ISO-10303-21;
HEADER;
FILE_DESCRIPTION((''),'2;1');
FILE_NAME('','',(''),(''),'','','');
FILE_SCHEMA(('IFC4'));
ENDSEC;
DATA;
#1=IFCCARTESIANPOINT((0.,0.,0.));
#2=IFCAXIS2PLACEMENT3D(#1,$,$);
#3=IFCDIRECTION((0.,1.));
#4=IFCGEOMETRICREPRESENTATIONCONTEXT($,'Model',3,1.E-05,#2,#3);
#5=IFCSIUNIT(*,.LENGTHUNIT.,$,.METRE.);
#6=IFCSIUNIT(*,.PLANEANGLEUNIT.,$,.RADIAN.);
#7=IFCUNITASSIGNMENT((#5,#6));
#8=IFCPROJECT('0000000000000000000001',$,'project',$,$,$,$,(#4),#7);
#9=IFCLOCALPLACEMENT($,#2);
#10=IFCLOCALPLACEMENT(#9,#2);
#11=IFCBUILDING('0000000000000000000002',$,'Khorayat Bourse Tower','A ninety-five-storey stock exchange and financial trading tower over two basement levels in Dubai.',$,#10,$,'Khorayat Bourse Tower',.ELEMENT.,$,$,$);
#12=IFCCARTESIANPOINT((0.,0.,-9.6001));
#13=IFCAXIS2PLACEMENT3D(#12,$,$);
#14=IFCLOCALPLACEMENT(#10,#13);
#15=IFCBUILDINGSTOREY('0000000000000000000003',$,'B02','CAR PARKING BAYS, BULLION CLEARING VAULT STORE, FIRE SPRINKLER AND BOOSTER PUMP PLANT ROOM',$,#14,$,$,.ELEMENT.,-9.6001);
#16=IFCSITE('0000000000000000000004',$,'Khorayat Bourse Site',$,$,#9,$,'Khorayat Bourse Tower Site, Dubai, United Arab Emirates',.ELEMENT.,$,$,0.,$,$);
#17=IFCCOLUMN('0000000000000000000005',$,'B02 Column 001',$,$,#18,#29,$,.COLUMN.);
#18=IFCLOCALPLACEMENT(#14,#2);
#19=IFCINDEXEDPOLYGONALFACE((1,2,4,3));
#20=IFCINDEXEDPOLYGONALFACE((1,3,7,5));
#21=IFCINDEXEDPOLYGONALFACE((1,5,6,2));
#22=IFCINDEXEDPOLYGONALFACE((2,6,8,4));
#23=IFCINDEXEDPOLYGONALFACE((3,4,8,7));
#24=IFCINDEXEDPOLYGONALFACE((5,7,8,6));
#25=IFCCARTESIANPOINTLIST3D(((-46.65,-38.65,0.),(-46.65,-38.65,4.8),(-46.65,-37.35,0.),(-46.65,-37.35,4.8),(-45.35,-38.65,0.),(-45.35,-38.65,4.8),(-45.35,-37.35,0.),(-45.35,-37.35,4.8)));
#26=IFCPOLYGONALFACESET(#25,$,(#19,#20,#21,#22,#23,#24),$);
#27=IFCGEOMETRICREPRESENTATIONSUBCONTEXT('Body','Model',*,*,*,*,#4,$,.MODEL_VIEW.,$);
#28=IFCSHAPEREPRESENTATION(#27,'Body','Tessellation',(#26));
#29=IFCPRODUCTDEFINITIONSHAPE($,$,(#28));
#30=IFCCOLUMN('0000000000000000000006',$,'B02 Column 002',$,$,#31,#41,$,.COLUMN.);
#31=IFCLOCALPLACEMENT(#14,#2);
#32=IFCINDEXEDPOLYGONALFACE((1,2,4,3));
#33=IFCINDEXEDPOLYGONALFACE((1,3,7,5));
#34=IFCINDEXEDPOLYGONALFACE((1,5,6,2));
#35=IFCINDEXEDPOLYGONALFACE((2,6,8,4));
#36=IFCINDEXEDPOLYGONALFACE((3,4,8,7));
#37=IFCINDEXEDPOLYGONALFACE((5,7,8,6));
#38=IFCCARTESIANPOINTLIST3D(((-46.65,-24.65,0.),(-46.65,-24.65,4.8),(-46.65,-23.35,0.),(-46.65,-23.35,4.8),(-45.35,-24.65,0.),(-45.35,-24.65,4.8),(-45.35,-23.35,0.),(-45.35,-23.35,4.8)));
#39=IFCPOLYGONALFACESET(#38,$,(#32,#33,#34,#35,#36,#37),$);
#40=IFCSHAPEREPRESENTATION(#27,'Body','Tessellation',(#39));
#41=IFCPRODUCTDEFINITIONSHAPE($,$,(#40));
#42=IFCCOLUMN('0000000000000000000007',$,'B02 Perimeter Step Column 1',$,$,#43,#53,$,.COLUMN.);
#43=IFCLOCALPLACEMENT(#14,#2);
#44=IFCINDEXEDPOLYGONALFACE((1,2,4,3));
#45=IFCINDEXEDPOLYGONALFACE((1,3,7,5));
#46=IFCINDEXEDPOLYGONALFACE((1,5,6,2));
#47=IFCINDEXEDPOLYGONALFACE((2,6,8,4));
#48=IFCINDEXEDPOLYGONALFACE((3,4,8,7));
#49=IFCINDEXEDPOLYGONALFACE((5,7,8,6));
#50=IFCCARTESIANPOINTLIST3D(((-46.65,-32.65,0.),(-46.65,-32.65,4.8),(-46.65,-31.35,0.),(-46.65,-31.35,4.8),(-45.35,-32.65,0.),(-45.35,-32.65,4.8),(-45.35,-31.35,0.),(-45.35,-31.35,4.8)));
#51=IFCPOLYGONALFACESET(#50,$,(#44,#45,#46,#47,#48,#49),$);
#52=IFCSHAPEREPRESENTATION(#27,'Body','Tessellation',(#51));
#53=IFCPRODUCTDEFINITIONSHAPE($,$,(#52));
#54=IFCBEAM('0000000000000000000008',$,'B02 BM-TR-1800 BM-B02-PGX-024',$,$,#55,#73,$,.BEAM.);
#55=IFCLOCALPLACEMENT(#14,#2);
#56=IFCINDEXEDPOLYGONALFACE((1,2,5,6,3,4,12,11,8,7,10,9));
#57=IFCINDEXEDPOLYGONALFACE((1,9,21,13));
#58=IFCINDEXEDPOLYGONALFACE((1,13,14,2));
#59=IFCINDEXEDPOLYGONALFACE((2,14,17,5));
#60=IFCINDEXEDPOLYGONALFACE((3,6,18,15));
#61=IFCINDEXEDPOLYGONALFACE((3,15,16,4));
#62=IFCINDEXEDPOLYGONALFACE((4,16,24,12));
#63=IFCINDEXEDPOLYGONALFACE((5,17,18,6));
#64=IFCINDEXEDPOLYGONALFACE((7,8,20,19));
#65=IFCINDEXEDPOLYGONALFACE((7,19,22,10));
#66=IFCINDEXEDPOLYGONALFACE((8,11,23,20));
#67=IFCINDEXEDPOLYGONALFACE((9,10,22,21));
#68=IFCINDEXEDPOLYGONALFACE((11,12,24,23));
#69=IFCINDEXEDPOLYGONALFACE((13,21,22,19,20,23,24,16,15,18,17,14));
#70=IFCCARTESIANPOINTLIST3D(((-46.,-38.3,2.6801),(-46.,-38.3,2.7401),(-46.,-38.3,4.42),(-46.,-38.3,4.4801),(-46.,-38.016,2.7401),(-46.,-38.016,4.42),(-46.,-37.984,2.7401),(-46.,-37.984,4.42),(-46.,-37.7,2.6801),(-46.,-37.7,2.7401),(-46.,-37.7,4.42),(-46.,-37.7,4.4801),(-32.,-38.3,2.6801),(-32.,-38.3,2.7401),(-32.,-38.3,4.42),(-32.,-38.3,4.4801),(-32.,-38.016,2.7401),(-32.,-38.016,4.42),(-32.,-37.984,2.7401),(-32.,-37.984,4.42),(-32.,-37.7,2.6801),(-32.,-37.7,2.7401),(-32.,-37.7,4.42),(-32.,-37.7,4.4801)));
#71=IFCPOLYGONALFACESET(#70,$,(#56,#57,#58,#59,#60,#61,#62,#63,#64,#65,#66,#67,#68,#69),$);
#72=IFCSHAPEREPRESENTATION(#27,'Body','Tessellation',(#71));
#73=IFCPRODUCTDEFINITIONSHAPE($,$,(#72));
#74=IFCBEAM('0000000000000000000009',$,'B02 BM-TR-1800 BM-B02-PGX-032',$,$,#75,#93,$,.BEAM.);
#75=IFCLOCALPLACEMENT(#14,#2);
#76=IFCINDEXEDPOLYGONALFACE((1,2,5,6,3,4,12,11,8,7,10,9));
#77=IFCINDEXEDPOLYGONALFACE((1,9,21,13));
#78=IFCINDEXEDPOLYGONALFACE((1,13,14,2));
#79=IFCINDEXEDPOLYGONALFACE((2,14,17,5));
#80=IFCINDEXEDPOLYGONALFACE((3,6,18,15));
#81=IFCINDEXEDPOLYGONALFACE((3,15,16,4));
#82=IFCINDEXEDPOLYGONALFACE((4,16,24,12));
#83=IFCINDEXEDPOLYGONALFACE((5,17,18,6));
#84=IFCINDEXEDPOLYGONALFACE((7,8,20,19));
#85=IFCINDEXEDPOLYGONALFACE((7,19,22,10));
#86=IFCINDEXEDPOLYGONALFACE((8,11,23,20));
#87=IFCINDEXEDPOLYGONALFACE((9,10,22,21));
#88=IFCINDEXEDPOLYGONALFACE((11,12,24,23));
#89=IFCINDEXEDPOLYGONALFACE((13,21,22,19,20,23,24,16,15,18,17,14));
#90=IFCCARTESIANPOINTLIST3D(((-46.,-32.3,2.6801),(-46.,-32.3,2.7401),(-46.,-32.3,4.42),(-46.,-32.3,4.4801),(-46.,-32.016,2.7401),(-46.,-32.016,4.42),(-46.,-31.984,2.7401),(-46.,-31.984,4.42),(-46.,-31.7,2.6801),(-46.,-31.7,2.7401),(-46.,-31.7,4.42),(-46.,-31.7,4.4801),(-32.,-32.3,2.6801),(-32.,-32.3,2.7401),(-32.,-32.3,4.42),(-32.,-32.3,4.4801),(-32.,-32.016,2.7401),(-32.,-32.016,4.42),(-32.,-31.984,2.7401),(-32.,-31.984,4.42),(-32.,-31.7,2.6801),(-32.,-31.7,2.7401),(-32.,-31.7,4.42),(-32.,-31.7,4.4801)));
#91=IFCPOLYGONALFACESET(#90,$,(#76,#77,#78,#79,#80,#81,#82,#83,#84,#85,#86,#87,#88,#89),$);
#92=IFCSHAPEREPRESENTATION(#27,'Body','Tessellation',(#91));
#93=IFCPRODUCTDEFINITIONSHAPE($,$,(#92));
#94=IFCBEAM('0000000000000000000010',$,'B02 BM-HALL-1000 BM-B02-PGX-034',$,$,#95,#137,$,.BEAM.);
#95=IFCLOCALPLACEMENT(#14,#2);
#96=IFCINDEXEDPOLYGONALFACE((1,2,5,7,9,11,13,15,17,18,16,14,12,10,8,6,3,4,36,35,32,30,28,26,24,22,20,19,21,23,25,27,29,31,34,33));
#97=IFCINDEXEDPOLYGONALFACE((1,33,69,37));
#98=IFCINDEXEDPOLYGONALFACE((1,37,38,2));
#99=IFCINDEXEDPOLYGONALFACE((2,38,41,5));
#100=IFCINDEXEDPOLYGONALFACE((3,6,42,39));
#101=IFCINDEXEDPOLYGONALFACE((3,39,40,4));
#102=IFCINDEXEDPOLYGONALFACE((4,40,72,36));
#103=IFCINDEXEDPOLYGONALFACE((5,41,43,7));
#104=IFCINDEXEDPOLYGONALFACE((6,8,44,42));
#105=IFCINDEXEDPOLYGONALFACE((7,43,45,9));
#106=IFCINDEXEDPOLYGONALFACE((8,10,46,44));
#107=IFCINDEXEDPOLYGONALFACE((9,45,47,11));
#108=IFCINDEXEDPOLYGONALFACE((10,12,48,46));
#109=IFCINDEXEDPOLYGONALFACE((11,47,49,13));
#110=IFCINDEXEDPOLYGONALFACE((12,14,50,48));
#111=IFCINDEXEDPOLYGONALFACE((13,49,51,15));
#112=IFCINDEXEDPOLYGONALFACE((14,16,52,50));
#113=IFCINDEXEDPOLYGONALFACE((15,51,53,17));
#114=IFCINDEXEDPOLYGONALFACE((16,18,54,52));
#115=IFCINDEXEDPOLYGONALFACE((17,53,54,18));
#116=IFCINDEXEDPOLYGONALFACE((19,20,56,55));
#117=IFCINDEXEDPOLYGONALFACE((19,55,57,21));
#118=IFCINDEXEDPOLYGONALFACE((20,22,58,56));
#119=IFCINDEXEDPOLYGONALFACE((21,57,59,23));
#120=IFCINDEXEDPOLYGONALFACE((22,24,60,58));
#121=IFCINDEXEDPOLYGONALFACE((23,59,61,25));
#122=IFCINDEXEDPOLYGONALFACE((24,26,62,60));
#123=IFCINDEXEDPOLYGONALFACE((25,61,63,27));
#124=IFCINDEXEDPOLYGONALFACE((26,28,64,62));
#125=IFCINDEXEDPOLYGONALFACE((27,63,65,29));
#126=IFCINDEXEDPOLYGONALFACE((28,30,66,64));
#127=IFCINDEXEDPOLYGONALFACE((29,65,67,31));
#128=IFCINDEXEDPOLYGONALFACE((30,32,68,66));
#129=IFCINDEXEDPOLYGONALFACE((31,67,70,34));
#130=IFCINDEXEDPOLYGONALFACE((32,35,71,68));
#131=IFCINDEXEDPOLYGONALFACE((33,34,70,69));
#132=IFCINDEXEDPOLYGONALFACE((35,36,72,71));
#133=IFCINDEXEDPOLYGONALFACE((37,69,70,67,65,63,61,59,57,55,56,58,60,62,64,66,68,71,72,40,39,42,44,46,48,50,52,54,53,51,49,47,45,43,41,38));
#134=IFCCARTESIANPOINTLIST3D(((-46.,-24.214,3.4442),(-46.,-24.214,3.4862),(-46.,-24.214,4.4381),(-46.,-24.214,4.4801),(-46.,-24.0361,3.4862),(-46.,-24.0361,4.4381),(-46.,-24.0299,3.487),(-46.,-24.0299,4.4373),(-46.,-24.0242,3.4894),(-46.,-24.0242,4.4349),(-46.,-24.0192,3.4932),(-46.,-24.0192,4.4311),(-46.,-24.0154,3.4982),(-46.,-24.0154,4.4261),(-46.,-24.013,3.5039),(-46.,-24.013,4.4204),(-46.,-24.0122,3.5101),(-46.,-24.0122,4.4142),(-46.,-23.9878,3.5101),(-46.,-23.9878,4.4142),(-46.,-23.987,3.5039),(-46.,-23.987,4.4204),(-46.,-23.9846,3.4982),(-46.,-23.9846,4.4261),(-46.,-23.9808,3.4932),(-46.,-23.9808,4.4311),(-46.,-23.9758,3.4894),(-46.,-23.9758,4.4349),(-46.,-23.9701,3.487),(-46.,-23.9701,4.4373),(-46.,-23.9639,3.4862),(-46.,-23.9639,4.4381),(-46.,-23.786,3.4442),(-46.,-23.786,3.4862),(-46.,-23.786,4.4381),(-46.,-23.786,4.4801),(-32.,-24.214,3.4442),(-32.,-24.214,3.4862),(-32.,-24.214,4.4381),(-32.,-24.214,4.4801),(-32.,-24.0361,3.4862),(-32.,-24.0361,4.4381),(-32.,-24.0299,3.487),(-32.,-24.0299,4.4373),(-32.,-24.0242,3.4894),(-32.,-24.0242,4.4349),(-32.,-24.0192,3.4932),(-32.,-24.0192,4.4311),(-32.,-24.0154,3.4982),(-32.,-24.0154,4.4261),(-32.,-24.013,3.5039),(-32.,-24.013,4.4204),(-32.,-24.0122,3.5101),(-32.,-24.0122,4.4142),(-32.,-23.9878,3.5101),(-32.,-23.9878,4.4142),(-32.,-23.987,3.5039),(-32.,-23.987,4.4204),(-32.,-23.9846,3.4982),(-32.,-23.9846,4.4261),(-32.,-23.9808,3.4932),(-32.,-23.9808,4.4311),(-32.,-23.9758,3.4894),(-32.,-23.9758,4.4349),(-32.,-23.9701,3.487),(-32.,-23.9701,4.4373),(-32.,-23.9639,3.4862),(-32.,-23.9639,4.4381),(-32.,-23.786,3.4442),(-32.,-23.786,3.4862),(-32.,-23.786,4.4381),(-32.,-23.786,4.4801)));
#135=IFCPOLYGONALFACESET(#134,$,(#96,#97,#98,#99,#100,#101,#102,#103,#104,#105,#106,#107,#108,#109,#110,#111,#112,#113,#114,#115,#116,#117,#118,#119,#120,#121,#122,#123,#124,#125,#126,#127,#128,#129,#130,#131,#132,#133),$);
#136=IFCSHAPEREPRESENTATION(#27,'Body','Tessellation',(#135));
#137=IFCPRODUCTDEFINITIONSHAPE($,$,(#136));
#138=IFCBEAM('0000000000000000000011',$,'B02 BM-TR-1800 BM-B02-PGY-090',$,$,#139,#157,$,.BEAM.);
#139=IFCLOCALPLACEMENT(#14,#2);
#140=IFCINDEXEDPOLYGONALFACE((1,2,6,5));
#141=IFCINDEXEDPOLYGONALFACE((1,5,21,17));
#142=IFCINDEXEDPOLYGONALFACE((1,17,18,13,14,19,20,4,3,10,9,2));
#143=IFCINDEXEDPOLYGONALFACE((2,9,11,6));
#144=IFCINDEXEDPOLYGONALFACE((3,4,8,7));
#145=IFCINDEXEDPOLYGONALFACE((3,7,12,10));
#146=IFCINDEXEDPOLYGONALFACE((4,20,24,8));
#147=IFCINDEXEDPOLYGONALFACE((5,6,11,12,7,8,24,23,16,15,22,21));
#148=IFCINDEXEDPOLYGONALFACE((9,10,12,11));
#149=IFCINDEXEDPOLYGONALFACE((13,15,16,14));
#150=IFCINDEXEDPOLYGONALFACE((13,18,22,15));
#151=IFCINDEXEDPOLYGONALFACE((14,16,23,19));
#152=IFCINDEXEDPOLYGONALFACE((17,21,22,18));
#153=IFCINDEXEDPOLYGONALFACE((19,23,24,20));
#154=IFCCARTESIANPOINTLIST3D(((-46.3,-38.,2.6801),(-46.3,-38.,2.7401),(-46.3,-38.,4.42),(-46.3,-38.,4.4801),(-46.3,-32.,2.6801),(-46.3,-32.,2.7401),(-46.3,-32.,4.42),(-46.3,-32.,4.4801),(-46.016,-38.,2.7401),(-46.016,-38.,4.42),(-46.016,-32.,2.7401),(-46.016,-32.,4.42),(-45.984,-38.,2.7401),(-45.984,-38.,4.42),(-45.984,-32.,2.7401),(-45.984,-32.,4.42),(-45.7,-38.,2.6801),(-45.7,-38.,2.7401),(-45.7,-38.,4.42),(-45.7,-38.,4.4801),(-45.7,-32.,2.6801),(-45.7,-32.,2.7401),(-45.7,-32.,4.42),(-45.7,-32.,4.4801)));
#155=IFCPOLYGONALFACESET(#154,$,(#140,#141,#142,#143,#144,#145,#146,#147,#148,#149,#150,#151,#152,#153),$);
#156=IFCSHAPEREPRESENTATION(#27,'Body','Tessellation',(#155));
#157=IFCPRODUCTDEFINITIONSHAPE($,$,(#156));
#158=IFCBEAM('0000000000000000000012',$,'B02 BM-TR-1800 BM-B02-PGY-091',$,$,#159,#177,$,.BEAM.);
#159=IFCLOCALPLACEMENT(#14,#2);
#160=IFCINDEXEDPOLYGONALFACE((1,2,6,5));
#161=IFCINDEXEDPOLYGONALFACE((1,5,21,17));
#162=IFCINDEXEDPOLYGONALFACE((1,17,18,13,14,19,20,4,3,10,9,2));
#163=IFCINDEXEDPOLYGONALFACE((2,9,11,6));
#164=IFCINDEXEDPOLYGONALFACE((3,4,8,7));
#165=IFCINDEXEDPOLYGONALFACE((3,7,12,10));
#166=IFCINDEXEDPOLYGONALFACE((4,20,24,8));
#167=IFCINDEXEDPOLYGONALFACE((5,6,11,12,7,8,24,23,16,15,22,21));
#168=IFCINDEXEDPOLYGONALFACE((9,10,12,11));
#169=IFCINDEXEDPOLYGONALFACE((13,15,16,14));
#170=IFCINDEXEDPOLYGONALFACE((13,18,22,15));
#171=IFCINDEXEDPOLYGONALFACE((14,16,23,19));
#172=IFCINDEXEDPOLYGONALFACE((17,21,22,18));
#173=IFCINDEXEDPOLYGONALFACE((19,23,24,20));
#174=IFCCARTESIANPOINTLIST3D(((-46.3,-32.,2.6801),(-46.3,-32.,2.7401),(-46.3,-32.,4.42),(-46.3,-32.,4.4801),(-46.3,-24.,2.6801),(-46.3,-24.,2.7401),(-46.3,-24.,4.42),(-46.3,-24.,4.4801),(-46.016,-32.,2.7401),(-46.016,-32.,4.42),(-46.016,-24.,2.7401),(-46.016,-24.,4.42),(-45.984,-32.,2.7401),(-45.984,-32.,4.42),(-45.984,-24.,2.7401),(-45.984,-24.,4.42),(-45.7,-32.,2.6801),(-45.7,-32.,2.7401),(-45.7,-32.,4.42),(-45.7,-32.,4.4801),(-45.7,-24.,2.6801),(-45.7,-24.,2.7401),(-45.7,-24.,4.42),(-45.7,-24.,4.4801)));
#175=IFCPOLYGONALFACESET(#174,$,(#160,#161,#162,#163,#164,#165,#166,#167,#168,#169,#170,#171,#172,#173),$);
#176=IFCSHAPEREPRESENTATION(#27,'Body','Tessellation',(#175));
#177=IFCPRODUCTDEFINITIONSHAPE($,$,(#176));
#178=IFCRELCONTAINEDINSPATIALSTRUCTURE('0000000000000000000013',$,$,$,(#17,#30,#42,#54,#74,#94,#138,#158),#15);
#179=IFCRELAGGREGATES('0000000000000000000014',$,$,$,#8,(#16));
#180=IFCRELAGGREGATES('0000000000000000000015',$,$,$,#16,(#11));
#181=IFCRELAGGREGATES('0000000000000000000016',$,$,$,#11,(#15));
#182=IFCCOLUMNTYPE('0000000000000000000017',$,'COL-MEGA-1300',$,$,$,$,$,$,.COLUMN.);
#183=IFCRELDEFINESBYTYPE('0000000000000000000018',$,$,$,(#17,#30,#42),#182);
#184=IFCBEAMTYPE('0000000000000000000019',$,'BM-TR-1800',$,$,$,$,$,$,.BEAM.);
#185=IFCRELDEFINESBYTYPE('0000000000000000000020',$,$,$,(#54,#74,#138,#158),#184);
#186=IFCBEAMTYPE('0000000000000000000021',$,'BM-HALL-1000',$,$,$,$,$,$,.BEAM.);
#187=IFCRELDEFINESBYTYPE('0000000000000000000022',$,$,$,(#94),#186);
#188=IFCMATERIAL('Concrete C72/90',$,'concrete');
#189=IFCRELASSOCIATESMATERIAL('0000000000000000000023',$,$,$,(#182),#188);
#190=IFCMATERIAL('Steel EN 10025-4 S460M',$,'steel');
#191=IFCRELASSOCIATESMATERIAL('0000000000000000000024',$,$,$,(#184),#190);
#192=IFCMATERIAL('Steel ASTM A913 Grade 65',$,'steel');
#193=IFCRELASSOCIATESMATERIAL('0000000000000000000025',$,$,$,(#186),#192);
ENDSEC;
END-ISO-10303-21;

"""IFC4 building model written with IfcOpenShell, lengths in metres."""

from ifc_helpers import new_model, si_unit, direction, frame, origin, origin_2d, place, context, subcontext, project, spatial, rectangle, i_section, extrude, source, transform, mapped, material, material_profile, profile_set, type_object, element, save


model = new_model("IFC4")

# Units and contexts
model_context = context("Model", 3, precision=1e-05, world=origin(), true_north=direction((0.0, 1.0)))
body_context = subcontext(model_context, "Body", "Model", "MODEL_VIEW")
ifc_project = project(units=[si_unit("LENGTHUNIT", "METRE"), si_unit("PLANEANGLEUNIT", "RADIAN")], contexts=[model_context])

# Site, building, storey
site_placement = place(None, origin())
site = spatial("IfcSite", under=ifc_project, at=site_placement, Name="Khorayat Bourse Site", LongName="Khorayat Bourse Tower Site, Dubai, United Arab Emirates", CompositionType="ELEMENT", RefElevation=0.0)
building_placement = place(site_placement, origin())
building = spatial("IfcBuilding", under=site, at=building_placement, Name="Khorayat Bourse Tower", Description="A ninety-five-storey stock exchange and financial trading tower over two basement levels in Dubai.", LongName="Khorayat Bourse Tower", CompositionType="ELEMENT")
storey_placement = place(building_placement, frame((0.0, 0.0, -9.6001)))
storey = spatial("IfcBuildingStorey", under=building, at=storey_placement, Name="B02", Description="CAR PARKING BAYS, BULLION CLEARING VAULT STORE, FIRE SPRINKLER AND BOOSTER PUMP PLANT ROOM", CompositionType="ELEMENT", Elevation=-9.6001)

# Columns
ifc_material_1 = material(Name="Concrete C72/90", Category="concrete")
ifc_material_profile_1 = material_profile(ifc_material_1, rectangle(XDim=1.3, YDim=1.3, at=origin_2d()), Name="RC 1300x1300")
ifc_profile_set_1 = profile_set([ifc_material_profile_1], Name="Concrete C72/90")
column_type = type_object("IfcColumnType", Name="COL-MEGA-1300", PredefinedType="COLUMN", material=ifc_profile_set_1)
shared_shape_1 = source(origin(), body_context, "Body", "SweptSolid", [
    extrude(rectangle(XDim=1.3, YDim=1.3, at=origin_2d()), origin(), (0.0, 0.0, 1.0), 4.8),
])
for number, where, z_axis, x_axis, name in (
    (1, (-46.0, -38.0, 0.0), (0.0, 0.0, 1.0), (1.0, 0.0, 0.0), "B02 Column 001"),
    (2, (-46.0, -24.0, 0.0), (0.0, 0.0, 1.0), (1.0, 0.0, 0.0), "B02 Column 002"),
    (3, (-46.0, -32.0, 0.0), (0.0, 0.0, 1.0), (1.0, 0.0, 0.0), "B02 Perimeter Step Column 1"),
):
    element("IfcColumn", number, at=place(storey_placement, frame(where, z_axis=z_axis, x_axis=x_axis)), inside=storey, type_object=column_type, Name=name, PredefinedType="COLUMN", context=body_context, shape_type="MappedRepresentation", body=[
        mapped(shared_shape_1, transform((0.0, 0.0, 0.0), scale=1.0)),
    ])

# Beams
ifc_material_2 = material(Name="Steel EN 10025-4 S460M", Category="steel")
ifc_material_profile_2 = material_profile(ifc_material_2, i_section(OverallWidth=0.6001, OverallDepth=1.8, WebThickness=0.032, FlangeThickness=0.0601, at=origin_2d()), Name="PG 1800x600x32x60")
ifc_profile_set_2 = profile_set([ifc_material_profile_2], Name="Steel EN 10025-4 S460M")
beam_type_1 = type_object("IfcBeamType", Name="BM-TR-1800", PredefinedType="BEAM", material=ifc_profile_set_2)
shared_shape_2 = source(origin(), body_context, "Body", "SweptSolid", [
    extrude(i_section(OverallWidth=0.6001, OverallDepth=1.8, WebThickness=0.032, FlangeThickness=0.0601, at=origin_2d()), origin(), (0.0, 0.0, 1.0), 14.0),
])
for number, where, z_axis, x_axis, name in (
    (4, (-46.0, -38.0, 3.5801), (1.0, 0.0, 0.0), (0.0, 1.0, 0.0), "B02 BM-TR-1800 BM-B02-PGX-024"),
    (5, (-46.0, -32.0, 3.5801), (1.0, 0.0, 0.0), (0.0, 1.0, 0.0), "B02 BM-TR-1800 BM-B02-PGX-032"),
):
    element("IfcBeam", number, at=place(storey_placement, frame(where, z_axis=z_axis, x_axis=x_axis)), inside=storey, type_object=beam_type_1, Name=name, PredefinedType="BEAM", context=body_context, shape_type="MappedRepresentation", body=[
        mapped(shared_shape_2, transform((0.0, 0.0, 0.0), scale=1.0)),
    ])
ifc_material_3 = material(Name="Steel ASTM A913 Grade 65", Category="steel")
ifc_material_profile_3 = material_profile(ifc_material_3, i_section(OverallWidth=0.428, OverallDepth=1.0359, WebThickness=0.0244, FlangeThickness=0.042, FilletRadius=0.0239, at=origin_2d()), Name="W1000X443")
ifc_profile_set_3 = profile_set([ifc_material_profile_3], Name="Steel ASTM A913 Grade 65")
beam_type_2 = type_object("IfcBeamType", Name="BM-HALL-1000", PredefinedType="BEAM", material=ifc_profile_set_3)
shared_shape_3 = source(origin(), body_context, "Body", "SweptSolid", [
    extrude(i_section(OverallWidth=0.428, OverallDepth=1.0359, WebThickness=0.0244, FlangeThickness=0.042, FilletRadius=0.0239, at=origin_2d()), origin(), (0.0, 0.0, 1.0), 14.0),
])
beam_1_placement = place(storey_placement, frame((-46.0, -24.0, 3.9622), z_axis=(1.0, 0.0, 0.0), x_axis=(0.0, 1.0, 0.0)))
element("IfcBeam", 6, at=beam_1_placement, inside=storey, type_object=beam_type_2, Name="B02 BM-HALL-1000 BM-B02-PGX-034", PredefinedType="BEAM", context=body_context, shape_type="MappedRepresentation", body=[
    mapped(shared_shape_3, transform((0.0, 0.0, 0.0), scale=1.0)),
])
shared_shape_4 = source(origin(), body_context, "Body", "SweptSolid", [
    extrude(i_section(OverallWidth=0.6001, OverallDepth=1.8, WebThickness=0.032, FlangeThickness=0.0601, at=origin_2d()), origin(), (0.0, 0.0, 1.0), 6.0),
])
beam_2_placement = place(storey_placement, frame((-46.0, -38.0, 3.5801), z_axis=(0.0, 1.0, 0.0), x_axis=(-1.0, 0.0, 0.0)))
element("IfcBeam", 7, at=beam_2_placement, inside=storey, type_object=beam_type_1, Name="B02 BM-TR-1800 BM-B02-PGY-090", PredefinedType="BEAM", context=body_context, shape_type="MappedRepresentation", body=[
    mapped(shared_shape_4, transform((0.0, 0.0, 0.0), scale=1.0)),
])
shared_shape_5 = source(origin(), body_context, "Body", "SweptSolid", [
    extrude(i_section(OverallWidth=0.6001, OverallDepth=1.8, WebThickness=0.032, FlangeThickness=0.0601, at=origin_2d()), origin(), (0.0, 0.0, 1.0), 8.0),
])
beam_3_placement = place(storey_placement, frame((-46.0, -32.0, 3.5801), z_axis=(0.0, 1.0, 0.0), x_axis=(-1.0, 0.0, 0.0)))
element("IfcBeam", 8, at=beam_3_placement, inside=storey, type_object=beam_type_1, Name="B02 BM-TR-1800 BM-B02-PGY-091", PredefinedType="BEAM", context=body_context, shape_type="MappedRepresentation", body=[
    mapped(shared_shape_5, transform((0.0, 0.0, 0.0), scale=1.0)),
])

save(model, "model.ifc")
